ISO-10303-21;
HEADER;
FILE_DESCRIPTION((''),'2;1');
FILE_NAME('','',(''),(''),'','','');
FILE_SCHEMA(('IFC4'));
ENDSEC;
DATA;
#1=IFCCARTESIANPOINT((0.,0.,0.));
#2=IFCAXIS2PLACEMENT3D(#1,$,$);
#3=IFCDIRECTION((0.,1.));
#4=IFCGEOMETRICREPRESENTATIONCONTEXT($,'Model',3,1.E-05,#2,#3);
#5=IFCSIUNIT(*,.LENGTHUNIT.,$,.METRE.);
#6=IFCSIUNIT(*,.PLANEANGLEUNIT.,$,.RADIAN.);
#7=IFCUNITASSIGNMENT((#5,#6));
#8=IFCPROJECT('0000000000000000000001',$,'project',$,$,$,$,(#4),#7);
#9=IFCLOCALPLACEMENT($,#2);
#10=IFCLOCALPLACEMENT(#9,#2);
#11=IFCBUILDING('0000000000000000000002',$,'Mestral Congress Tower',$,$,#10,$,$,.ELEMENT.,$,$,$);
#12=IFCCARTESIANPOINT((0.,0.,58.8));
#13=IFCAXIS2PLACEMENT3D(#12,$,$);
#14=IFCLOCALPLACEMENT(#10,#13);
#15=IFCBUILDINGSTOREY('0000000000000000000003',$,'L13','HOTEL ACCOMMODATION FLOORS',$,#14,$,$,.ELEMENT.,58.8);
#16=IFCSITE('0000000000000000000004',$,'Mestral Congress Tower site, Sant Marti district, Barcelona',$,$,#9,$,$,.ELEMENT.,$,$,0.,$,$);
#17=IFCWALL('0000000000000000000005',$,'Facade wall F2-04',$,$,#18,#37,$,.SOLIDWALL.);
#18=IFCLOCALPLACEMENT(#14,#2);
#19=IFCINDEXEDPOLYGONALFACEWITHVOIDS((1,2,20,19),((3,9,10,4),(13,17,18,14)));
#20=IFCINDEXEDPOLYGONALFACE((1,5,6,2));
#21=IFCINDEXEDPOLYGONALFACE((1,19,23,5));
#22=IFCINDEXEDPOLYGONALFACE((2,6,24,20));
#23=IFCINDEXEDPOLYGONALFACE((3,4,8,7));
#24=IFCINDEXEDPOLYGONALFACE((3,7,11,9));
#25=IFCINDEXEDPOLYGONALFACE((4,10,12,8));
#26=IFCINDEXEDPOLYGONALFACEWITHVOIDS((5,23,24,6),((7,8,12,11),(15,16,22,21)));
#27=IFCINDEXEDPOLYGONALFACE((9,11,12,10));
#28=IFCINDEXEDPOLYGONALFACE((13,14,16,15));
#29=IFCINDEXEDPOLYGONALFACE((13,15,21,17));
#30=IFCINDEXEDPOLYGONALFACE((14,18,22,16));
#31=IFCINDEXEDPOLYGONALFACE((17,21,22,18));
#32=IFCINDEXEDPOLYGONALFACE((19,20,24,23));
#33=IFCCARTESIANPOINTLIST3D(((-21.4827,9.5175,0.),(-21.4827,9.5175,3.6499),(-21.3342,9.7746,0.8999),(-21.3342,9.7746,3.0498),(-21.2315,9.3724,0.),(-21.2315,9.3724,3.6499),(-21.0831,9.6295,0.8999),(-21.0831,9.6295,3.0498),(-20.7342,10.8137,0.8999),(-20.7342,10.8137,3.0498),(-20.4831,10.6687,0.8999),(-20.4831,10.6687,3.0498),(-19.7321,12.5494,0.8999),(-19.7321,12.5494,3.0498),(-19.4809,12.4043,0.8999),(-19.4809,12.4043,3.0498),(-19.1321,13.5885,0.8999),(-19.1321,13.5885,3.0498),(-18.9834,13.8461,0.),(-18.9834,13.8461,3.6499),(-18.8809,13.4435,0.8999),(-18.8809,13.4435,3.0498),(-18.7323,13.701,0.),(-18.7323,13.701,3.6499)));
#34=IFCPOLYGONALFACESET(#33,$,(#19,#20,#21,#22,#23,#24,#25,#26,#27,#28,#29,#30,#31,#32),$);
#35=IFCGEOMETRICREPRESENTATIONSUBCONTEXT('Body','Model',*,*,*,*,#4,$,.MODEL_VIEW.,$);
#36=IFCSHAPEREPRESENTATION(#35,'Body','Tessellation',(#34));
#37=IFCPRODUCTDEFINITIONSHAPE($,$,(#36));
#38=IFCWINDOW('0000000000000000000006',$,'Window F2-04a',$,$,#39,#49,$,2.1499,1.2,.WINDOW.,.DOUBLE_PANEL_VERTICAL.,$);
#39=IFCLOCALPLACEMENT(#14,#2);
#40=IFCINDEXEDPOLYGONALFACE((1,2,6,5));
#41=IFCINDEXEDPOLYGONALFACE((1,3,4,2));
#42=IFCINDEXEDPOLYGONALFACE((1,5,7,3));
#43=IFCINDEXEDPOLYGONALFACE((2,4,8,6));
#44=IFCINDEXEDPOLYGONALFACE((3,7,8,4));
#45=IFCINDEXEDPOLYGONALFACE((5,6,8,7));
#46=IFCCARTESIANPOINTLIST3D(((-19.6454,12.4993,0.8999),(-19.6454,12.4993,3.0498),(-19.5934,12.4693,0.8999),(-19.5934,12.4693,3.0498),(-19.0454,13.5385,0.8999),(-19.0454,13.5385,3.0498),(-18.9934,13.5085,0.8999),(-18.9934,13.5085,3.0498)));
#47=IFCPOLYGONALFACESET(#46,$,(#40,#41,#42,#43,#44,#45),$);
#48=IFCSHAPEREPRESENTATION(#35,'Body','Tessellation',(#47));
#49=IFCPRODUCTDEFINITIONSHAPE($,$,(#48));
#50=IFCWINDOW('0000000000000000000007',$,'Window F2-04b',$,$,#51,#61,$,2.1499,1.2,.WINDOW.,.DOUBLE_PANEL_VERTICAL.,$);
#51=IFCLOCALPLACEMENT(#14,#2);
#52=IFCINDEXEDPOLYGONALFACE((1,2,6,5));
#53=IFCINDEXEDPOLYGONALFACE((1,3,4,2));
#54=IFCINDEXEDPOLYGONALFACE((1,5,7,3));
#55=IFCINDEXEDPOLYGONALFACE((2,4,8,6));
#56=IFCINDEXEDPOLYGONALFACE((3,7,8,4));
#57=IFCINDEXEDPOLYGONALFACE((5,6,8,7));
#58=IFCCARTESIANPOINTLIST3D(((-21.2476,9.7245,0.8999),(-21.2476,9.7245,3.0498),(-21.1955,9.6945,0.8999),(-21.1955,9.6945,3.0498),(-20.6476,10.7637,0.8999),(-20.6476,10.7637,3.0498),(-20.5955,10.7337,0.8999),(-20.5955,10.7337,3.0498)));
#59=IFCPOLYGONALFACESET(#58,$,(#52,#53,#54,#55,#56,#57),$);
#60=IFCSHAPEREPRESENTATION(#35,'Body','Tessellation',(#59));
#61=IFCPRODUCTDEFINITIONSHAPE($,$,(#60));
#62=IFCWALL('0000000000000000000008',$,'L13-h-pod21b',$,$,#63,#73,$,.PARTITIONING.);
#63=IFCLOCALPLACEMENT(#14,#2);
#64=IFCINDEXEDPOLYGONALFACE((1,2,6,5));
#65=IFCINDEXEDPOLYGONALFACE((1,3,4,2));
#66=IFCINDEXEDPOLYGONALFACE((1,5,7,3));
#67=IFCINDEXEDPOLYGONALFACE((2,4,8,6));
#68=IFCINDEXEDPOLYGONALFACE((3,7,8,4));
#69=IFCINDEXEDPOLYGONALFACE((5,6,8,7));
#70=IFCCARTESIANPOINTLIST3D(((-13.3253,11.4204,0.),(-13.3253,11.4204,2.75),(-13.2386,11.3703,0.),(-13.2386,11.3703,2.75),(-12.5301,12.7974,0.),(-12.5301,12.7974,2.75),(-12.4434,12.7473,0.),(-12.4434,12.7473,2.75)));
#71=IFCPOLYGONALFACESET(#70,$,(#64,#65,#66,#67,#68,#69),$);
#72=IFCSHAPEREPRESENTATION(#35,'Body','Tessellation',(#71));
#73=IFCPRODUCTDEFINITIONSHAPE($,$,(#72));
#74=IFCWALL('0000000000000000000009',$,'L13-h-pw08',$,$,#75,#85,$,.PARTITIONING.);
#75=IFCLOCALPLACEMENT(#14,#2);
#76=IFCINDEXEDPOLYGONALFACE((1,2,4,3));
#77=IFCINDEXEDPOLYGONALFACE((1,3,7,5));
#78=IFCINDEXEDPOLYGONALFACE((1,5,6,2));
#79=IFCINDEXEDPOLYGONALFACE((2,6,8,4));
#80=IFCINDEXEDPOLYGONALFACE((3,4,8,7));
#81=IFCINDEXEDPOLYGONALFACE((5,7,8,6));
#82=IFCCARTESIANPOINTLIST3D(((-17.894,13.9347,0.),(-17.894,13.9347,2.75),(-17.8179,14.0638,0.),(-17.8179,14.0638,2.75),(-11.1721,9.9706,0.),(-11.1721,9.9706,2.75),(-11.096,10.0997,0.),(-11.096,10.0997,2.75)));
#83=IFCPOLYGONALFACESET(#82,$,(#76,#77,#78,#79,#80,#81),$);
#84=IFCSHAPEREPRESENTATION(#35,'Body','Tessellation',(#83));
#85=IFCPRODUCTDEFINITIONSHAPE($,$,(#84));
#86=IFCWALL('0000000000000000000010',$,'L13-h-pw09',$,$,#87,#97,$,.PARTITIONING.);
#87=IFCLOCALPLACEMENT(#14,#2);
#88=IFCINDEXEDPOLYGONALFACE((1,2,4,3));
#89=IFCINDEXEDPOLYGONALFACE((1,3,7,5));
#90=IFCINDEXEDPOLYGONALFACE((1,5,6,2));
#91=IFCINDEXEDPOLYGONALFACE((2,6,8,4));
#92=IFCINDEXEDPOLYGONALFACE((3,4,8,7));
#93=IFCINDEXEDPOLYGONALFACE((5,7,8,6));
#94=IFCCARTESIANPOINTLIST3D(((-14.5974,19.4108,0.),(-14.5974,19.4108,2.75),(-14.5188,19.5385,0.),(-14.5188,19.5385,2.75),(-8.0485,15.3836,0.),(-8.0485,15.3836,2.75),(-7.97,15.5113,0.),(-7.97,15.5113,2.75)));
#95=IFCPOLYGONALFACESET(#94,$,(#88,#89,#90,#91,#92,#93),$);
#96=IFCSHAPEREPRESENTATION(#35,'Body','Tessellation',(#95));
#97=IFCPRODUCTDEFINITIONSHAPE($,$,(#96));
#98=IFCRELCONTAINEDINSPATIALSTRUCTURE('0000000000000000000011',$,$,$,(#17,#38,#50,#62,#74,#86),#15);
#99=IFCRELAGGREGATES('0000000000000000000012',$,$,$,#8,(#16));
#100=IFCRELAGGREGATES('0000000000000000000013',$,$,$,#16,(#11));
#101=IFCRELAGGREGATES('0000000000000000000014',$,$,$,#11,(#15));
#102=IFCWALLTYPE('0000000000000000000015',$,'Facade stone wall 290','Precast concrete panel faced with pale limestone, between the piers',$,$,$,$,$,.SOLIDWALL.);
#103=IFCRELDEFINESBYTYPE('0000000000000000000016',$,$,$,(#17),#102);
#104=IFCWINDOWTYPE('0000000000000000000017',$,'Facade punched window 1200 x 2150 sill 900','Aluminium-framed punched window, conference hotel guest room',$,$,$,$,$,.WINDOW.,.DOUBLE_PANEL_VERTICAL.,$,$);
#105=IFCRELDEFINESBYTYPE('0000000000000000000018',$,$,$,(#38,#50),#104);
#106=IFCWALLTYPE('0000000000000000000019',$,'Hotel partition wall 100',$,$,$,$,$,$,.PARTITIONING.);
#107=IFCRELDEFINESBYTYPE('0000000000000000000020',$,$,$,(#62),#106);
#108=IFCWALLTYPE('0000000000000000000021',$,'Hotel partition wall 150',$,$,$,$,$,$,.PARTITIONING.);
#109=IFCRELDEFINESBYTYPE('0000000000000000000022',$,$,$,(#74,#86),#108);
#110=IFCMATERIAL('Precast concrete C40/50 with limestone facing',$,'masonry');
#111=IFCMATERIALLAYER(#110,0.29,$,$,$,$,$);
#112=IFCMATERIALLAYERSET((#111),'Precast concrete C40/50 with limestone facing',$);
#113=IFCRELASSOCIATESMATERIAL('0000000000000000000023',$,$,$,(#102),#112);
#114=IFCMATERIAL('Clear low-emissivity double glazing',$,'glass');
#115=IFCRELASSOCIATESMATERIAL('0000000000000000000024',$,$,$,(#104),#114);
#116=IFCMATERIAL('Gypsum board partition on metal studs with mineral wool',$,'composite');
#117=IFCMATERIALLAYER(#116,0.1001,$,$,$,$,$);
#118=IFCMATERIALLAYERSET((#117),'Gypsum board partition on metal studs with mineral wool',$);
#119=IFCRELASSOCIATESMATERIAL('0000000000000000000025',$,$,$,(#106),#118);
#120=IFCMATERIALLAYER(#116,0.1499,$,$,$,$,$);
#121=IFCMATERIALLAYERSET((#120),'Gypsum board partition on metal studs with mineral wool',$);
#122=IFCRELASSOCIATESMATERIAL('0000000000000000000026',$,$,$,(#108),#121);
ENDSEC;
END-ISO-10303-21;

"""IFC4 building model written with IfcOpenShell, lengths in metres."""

from ifc_helpers import new_model, si_unit, direction, frame, frame_2d, origin, place, context, subcontext, project, spatial, rectangle, extrude, material, layer, layer_set, type_object, element, fill, save


model = new_model("IFC4")

# Units and contexts
model_context = context("Model", 3, precision=1e-05, world=origin(), true_north=direction((0.0, 1.0)))
body_context = subcontext(model_context, "Body", "Model", "MODEL_VIEW")
ifc_project = project(units=[si_unit("LENGTHUNIT", "METRE"), si_unit("PLANEANGLEUNIT", "RADIAN")], contexts=[model_context])

# Site, building, storey
site_placement = place(None, origin())
site = spatial("IfcSite", under=ifc_project, at=site_placement, Name="Mestral Congress Tower site, Sant Marti district, Barcelona", CompositionType="ELEMENT", RefElevation=0.0)
building_placement = place(site_placement, origin())
building = spatial("IfcBuilding", under=site, at=building_placement, Name="Mestral Congress Tower", CompositionType="ELEMENT")
storey_placement = place(building_placement, frame((0.0, 0.0, 58.8)))
storey = spatial("IfcBuildingStorey", under=building, at=storey_placement, Name="L13", Description="HOTEL ACCOMMODATION FLOORS", CompositionType="ELEMENT", Elevation=58.8)

# Wall, openings, windows
ifc_material_1 = material(Name="Precast concrete C40/50 with limestone facing", Category="masonry")
ifc_layer_1 = layer(ifc_material_1, 0.29)
ifc_layer_set_1 = layer_set([ifc_layer_1], Name="Precast concrete C40/50 with limestone facing")
wall_type_1 = type_object("IfcWallType", Name="Facade stone wall 290", Description="Precast concrete panel faced with pale limestone, between the piers", PredefinedType="SOLIDWALL", material=ifc_layer_set_1)
ifc_material_2 = material(Name="Clear low-emissivity double glazing", Category="glass")
window_type = type_object("IfcWindowType", Name="Facade punched window 1200 x 2150 sill 900", Description="Aluminium-framed punched window, conference hotel guest room", PartitioningType="DOUBLE_PANEL_VERTICAL", PredefinedType="WINDOW", material=ifc_material_2)
wall_1_placement = place(storey_placement, frame((-18.8579, 13.7734, 0.0), z_axis=(0.0, 0.0, 1.0), x_axis=(-0.500021, -0.866013, 0.0)))
wall_1 = element("IfcWall", 1, at=wall_1_placement, inside=storey, type_object=wall_type_1, Name="Facade wall F2-04", PredefinedType="SOLIDWALL", context=body_context, shape_type="SweptSolid", body=[
    extrude(rectangle(XDim=4.9983, YDim=0.29, at=frame_2d((2.499, 0.0))), origin(), (0.0, 0.0, 1.0), 3.6499),
])
opening_1_placement = place(wall_1_placement, frame((0.2971, 0.0, 0.8999)))
opening_1 = element("IfcOpeningElement", 2, at=opening_1_placement, cuts=wall_1, PredefinedType="OPENING", context=body_context, shape_type="SweptSolid", body=[
    extrude(rectangle(XDim=1.2, YDim=2.1499, at=frame_2d((0.6001, 1.075))), frame((0.0, 0.155, 0.0), z_axis=(0.0, -1.0, 0.0), x_axis=(1.0, 0.0, 0.0)), (0.0, 0.0, 1.0), 0.3101),
])
opening_2_placement = place(wall_1_placement, frame((3.5012, 0.0, 0.8999)))
opening_2 = element("IfcOpeningElement", 3, at=opening_2_placement, cuts=wall_1, PredefinedType="OPENING", context=body_context, shape_type="SweptSolid", body=[
    extrude(rectangle(XDim=1.2, YDim=2.1499, at=frame_2d((0.6001, 1.075))), frame((0.0, 0.155, 0.0), z_axis=(0.0, -1.0, 0.0), x_axis=(1.0, 0.0, 0.0)), (0.0, 0.0, 1.0), 0.3101),
])
window_1_placement = place(opening_1_placement, origin())
window_1 = element("IfcWindow", 4, at=window_1_placement, inside=storey, type_object=window_type, Name="Window F2-04a", OverallHeight=2.1499, OverallWidth=1.2, PartitioningType="DOUBLE_PANEL_VERTICAL", PredefinedType="WINDOW", context=body_context, shape_type="SweptSolid", body=[
    extrude(rectangle(XDim=1.2, YDim=2.1499, at=frame_2d((0.6001, 1.075))), frame((0.0, 0.0151, 0.0), z_axis=(0.0, -1.0, 0.0), x_axis=(1.0, 0.0, 0.0)), (0.0, 0.0, 1.0), 0.0601),
])
fill(opening_1, window_1)
window_2_placement = place(opening_2_placement, origin())
window_2 = element("IfcWindow", 5, at=window_2_placement, inside=storey, type_object=window_type, Name="Window F2-04b", OverallHeight=2.1499, OverallWidth=1.2, PartitioningType="DOUBLE_PANEL_VERTICAL", PredefinedType="WINDOW", context=body_context, shape_type="SweptSolid", body=[
    extrude(rectangle(XDim=1.2, YDim=2.1499, at=frame_2d((0.6001, 1.075))), frame((0.0, 0.0151, 0.0), z_axis=(0.0, -1.0, 0.0), x_axis=(1.0, 0.0, 0.0)), (0.0, 0.0, 1.0), 0.0601),
])
fill(opening_2, window_2)

# Walls
ifc_material_3 = material(Name="Gypsum board partition on metal studs with mineral wool", Category="composite")
ifc_layer_2 = layer(ifc_material_3, 0.1001)
ifc_layer_set_2 = layer_set([ifc_layer_2], Name="Gypsum board partition on metal studs with mineral wool")
wall_type_2 = type_object("IfcWallType", Name="Hotel partition wall 100", PredefinedType="PARTITIONING", material=ifc_layer_set_2)
wall_2_placement = place(storey_placement, frame((-12.4868, 12.7722, 0.0), z_axis=(0.0, 0.0, 1.0), x_axis=(-0.500086, -0.865976, 0.0)))
element("IfcWall", 6, at=wall_2_placement, inside=storey, type_object=wall_type_2, Name="L13-h-pod21b", PredefinedType="PARTITIONING", context=body_context, shape_type="SweptSolid", body=[
    extrude(rectangle(XDim=1.5901, YDim=0.1001, at=frame_2d((0.7949, 0.0))), origin(), (0.0, 0.0, 1.0), 2.75),
])
ifc_layer_3 = layer(ifc_material_3, 0.1499)
ifc_layer_set_3 = layer_set([ifc_layer_3], Name="Gypsum board partition on metal studs with mineral wool")
wall_type_3 = type_object("IfcWallType", Name="Hotel partition wall 150", PredefinedType="PARTITIONING", material=ifc_layer_set_3)
wall_3_placement = place(storey_placement, frame((-17.856, 13.9993, 0.0), z_axis=(0.0, 0.0, 1.0), x_axis=(0.861372, -0.507975, 0.0)))
element("IfcWall", 7, at=wall_3_placement, inside=storey, type_object=wall_type_3, Name="L13-h-pw08", PredefinedType="PARTITIONING", context=body_context, shape_type="SweptSolid", body=[
    extrude(rectangle(XDim=7.8037, YDim=0.1499, at=frame_2d((3.9019, 0.0))), origin(), (0.0, 0.0, 1.0), 2.75),
])
wall_4_placement = place(storey_placement, frame((-14.5581, 19.4746, 0.0), z_axis=(0.0, 0.0, 1.0), x_axis=(0.851829, -0.523819, 0.0)))
element("IfcWall", 8, at=wall_4_placement, inside=storey, type_object=wall_type_3, Name="L13-h-pw09", PredefinedType="PARTITIONING", context=body_context, shape_type="SweptSolid", body=[
    extrude(rectangle(XDim=7.688, YDim=0.1499, at=frame_2d((3.844, 0.0))), origin(), (0.0, 0.0, 1.0), 2.75),
])

save(model, "model.ifc")
